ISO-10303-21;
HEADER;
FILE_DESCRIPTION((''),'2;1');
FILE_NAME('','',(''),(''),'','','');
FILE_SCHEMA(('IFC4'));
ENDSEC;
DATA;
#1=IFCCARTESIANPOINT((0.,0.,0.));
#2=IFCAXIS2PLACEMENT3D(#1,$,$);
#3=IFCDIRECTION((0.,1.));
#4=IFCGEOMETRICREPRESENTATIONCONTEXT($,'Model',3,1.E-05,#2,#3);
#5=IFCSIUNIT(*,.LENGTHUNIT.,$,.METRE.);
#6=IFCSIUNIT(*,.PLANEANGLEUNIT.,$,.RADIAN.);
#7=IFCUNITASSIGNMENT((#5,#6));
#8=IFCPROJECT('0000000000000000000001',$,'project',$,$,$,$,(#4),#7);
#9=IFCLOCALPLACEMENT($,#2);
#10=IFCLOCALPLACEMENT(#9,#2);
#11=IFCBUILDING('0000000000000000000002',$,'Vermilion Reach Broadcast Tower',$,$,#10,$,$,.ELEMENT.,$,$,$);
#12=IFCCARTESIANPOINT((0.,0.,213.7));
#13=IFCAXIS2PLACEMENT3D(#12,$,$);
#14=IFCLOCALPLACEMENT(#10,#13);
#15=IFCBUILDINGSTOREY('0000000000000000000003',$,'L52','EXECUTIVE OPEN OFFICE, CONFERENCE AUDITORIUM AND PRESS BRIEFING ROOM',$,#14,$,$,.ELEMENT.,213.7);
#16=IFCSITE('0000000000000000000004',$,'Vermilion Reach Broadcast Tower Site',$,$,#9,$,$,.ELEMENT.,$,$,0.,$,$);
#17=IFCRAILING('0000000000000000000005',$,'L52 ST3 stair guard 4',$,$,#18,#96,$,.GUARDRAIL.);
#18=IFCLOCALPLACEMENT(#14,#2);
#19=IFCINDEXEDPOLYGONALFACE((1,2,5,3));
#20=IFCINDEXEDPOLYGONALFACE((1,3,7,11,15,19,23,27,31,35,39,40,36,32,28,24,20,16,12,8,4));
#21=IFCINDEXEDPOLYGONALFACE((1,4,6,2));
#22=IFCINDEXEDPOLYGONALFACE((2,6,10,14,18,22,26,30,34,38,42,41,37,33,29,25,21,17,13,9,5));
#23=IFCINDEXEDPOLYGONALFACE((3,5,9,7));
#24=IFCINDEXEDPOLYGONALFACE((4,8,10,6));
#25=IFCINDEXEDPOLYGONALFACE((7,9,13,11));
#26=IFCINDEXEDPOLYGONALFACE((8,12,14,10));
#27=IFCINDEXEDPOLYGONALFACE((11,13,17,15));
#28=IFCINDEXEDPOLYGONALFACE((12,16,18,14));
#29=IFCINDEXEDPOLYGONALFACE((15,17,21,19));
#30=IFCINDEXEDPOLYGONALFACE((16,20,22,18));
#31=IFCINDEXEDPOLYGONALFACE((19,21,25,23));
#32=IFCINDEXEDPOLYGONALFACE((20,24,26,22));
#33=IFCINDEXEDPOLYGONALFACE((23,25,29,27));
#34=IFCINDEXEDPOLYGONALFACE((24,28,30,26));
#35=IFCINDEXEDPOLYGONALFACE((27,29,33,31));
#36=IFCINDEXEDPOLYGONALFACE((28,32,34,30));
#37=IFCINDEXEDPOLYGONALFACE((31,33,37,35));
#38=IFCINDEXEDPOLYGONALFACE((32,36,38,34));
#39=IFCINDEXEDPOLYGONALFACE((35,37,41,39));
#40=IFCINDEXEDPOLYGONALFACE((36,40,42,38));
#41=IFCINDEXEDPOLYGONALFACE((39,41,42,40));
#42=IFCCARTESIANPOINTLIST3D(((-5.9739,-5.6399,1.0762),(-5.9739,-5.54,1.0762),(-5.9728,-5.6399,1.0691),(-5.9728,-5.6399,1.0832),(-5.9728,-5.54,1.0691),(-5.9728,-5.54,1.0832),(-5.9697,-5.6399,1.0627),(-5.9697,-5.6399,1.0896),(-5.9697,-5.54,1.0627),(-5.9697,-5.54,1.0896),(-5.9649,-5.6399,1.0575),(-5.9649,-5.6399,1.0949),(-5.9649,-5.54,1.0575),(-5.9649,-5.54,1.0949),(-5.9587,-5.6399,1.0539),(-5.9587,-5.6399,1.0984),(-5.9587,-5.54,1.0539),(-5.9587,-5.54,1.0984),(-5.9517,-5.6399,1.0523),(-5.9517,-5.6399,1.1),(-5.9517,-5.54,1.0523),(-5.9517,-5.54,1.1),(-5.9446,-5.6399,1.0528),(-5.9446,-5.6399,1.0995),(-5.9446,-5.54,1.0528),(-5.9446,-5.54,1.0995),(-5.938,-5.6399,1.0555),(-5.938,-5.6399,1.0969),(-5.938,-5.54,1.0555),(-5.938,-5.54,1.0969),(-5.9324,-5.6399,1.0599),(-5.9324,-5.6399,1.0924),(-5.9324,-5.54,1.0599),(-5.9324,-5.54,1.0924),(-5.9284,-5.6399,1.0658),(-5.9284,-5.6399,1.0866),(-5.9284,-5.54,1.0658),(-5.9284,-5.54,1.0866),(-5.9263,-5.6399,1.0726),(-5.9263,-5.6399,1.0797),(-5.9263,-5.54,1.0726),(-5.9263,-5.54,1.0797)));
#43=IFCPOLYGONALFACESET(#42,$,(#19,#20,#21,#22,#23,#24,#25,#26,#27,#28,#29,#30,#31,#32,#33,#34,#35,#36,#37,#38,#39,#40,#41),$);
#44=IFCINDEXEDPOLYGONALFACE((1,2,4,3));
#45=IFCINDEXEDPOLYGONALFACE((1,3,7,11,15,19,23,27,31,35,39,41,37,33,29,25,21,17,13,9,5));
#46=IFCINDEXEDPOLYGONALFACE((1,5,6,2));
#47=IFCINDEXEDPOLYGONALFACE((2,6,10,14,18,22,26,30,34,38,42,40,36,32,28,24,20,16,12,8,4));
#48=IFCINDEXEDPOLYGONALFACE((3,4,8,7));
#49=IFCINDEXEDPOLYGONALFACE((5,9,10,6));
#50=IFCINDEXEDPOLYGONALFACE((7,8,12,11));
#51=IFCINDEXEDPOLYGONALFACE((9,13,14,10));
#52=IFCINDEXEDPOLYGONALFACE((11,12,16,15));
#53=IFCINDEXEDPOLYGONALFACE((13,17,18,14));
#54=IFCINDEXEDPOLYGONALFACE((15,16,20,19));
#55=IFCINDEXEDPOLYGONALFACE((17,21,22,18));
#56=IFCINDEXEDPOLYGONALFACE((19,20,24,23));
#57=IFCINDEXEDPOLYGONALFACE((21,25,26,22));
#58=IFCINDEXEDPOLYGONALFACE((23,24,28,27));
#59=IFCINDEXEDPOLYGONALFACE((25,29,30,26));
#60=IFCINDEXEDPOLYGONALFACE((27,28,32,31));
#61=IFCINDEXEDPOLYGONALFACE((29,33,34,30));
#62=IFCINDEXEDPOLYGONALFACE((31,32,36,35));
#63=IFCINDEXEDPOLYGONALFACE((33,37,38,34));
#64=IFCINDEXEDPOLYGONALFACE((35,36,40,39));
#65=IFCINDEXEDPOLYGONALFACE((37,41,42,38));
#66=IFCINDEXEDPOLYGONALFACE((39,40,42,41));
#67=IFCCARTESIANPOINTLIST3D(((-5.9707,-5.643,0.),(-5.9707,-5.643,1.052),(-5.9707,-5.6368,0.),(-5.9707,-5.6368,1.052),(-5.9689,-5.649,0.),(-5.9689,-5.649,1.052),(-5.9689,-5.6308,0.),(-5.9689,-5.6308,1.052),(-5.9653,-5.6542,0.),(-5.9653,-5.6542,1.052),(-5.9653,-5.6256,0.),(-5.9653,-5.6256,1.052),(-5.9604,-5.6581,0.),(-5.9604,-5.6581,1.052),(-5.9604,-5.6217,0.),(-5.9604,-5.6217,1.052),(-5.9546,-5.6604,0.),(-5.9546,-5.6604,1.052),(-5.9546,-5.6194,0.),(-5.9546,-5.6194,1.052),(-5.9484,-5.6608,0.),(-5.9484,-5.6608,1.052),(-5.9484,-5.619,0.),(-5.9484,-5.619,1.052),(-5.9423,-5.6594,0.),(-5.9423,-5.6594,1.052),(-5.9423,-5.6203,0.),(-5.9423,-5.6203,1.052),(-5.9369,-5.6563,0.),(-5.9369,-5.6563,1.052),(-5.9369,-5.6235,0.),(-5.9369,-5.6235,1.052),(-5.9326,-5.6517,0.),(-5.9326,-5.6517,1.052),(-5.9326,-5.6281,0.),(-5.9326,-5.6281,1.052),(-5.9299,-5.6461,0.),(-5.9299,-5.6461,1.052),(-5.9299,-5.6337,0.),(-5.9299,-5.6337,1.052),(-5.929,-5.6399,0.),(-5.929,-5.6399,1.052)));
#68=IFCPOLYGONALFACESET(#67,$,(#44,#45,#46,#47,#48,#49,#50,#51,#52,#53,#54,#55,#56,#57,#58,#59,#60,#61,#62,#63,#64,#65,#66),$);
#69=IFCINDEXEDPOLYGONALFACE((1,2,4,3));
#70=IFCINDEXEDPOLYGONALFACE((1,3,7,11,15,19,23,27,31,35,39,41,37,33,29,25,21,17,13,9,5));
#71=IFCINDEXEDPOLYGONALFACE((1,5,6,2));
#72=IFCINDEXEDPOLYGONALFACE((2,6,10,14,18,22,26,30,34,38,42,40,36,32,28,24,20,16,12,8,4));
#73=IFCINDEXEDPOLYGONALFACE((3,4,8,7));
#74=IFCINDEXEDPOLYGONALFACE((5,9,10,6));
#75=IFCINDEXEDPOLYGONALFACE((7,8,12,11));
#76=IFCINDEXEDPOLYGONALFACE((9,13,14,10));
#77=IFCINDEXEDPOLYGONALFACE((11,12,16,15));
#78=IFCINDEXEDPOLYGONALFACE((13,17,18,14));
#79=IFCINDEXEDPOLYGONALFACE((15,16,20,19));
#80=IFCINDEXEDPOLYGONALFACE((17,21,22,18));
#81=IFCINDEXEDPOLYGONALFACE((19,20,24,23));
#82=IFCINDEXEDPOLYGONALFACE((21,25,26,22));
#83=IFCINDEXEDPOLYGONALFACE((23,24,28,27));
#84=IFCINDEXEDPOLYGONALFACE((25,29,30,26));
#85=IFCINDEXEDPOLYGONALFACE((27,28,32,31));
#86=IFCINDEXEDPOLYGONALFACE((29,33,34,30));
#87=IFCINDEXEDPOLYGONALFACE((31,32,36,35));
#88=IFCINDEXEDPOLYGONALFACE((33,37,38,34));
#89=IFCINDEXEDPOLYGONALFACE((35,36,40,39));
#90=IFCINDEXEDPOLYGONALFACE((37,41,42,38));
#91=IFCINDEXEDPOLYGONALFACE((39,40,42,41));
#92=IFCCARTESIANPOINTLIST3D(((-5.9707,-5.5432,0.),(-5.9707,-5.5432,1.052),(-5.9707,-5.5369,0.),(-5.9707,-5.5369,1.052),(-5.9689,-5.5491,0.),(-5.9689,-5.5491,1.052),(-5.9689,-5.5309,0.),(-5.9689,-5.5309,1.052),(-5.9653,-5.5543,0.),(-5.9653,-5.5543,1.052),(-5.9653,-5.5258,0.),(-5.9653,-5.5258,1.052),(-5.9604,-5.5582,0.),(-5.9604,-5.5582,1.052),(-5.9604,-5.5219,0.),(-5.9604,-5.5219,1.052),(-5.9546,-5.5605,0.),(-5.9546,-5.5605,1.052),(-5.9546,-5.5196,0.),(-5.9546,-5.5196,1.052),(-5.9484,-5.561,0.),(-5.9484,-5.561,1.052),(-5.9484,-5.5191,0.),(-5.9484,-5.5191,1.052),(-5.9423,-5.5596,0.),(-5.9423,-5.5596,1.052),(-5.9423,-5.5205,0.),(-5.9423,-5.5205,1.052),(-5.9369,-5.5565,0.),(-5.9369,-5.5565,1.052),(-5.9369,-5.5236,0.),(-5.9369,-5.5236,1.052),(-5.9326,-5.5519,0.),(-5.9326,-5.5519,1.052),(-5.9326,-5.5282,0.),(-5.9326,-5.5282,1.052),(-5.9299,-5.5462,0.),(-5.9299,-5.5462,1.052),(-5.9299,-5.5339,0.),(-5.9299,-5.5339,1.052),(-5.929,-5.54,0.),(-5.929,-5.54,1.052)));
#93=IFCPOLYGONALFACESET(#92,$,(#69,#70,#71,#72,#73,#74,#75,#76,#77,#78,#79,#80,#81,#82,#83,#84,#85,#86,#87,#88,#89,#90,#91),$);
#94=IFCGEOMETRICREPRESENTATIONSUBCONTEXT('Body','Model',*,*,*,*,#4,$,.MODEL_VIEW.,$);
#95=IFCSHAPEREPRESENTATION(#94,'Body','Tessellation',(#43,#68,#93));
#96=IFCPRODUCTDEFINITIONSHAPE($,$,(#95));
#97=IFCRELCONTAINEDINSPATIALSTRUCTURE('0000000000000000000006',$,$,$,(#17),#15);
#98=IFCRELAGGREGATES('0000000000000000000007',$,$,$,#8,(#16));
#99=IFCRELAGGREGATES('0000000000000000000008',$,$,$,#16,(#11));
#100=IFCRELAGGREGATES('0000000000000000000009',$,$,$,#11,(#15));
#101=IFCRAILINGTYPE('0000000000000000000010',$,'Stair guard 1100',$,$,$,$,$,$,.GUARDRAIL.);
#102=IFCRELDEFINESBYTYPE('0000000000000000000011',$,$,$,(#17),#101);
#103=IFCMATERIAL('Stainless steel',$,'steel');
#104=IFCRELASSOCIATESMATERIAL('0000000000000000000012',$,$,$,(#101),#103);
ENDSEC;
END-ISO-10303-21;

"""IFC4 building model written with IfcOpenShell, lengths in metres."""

from ifc_helpers import new_model, si_unit, direction, frame, origin, origin_2d, place, context, subcontext, project, spatial, circle, extrude, material, type_object, element, save


model = new_model("IFC4")

# Units and contexts
model_context = context("Model", 3, precision=1e-05, world=origin(), true_north=direction((0.0, 1.0)))
body_context = subcontext(model_context, "Body", "Model", "MODEL_VIEW")
ifc_project = project(units=[si_unit("LENGTHUNIT", "METRE"), si_unit("PLANEANGLEUNIT", "RADIAN")], contexts=[model_context])

# Site, building, storey
site_placement = place(None, origin())
site = spatial("IfcSite", under=ifc_project, at=site_placement, Name="Vermilion Reach Broadcast Tower Site", CompositionType="ELEMENT", RefElevation=0.0)
building_placement = place(site_placement, origin())
building = spatial("IfcBuilding", under=site, at=building_placement, Name="Vermilion Reach Broadcast Tower", CompositionType="ELEMENT")
storey_placement = place(building_placement, frame((0.0, 0.0, 213.7)))
storey = spatial("IfcBuildingStorey", under=building, at=storey_placement, Name="L52", Description="EXECUTIVE OPEN OFFICE, CONFERENCE AUDITORIUM AND PRESS BRIEFING ROOM", CompositionType="ELEMENT", Elevation=213.7)

# Railing
ifc_material_1 = material(Name="Stainless steel", Category="steel")
railing_type_1 = type_object("IfcRailingType", Name="Stair guard 1100", PredefinedType="GUARDRAIL", material=ifc_material_1)
railing_1_placement = place(storey_placement, frame((-5.95, -5.6399, 0.0)))
element("IfcRailing", 1, at=railing_1_placement, inside=storey, type_object=railing_type_1, Name="L52 ST3 stair guard 4", PredefinedType="GUARDRAIL", context=body_context, shape_type="SweptSolid", body=[
    extrude(circle(Radius=0.0239, at=origin_2d()), frame((0.0, 0.0, 1.0762), z_axis=(0.0, 1.0, 0.0), x_axis=(-1.0, 0.0, 0.0)), (0.0, 0.0, 1.0), 0.0999),
    extrude(circle(Radius=0.021, at=origin_2d()), origin(), (0.0, 0.0, 1.0), 1.052),
    extrude(circle(Radius=0.021, at=origin_2d()), frame((0.0, 0.0999, 0.0)), (0.0, 0.0, 1.0), 1.052),
])

save(model, "model.ifc")
